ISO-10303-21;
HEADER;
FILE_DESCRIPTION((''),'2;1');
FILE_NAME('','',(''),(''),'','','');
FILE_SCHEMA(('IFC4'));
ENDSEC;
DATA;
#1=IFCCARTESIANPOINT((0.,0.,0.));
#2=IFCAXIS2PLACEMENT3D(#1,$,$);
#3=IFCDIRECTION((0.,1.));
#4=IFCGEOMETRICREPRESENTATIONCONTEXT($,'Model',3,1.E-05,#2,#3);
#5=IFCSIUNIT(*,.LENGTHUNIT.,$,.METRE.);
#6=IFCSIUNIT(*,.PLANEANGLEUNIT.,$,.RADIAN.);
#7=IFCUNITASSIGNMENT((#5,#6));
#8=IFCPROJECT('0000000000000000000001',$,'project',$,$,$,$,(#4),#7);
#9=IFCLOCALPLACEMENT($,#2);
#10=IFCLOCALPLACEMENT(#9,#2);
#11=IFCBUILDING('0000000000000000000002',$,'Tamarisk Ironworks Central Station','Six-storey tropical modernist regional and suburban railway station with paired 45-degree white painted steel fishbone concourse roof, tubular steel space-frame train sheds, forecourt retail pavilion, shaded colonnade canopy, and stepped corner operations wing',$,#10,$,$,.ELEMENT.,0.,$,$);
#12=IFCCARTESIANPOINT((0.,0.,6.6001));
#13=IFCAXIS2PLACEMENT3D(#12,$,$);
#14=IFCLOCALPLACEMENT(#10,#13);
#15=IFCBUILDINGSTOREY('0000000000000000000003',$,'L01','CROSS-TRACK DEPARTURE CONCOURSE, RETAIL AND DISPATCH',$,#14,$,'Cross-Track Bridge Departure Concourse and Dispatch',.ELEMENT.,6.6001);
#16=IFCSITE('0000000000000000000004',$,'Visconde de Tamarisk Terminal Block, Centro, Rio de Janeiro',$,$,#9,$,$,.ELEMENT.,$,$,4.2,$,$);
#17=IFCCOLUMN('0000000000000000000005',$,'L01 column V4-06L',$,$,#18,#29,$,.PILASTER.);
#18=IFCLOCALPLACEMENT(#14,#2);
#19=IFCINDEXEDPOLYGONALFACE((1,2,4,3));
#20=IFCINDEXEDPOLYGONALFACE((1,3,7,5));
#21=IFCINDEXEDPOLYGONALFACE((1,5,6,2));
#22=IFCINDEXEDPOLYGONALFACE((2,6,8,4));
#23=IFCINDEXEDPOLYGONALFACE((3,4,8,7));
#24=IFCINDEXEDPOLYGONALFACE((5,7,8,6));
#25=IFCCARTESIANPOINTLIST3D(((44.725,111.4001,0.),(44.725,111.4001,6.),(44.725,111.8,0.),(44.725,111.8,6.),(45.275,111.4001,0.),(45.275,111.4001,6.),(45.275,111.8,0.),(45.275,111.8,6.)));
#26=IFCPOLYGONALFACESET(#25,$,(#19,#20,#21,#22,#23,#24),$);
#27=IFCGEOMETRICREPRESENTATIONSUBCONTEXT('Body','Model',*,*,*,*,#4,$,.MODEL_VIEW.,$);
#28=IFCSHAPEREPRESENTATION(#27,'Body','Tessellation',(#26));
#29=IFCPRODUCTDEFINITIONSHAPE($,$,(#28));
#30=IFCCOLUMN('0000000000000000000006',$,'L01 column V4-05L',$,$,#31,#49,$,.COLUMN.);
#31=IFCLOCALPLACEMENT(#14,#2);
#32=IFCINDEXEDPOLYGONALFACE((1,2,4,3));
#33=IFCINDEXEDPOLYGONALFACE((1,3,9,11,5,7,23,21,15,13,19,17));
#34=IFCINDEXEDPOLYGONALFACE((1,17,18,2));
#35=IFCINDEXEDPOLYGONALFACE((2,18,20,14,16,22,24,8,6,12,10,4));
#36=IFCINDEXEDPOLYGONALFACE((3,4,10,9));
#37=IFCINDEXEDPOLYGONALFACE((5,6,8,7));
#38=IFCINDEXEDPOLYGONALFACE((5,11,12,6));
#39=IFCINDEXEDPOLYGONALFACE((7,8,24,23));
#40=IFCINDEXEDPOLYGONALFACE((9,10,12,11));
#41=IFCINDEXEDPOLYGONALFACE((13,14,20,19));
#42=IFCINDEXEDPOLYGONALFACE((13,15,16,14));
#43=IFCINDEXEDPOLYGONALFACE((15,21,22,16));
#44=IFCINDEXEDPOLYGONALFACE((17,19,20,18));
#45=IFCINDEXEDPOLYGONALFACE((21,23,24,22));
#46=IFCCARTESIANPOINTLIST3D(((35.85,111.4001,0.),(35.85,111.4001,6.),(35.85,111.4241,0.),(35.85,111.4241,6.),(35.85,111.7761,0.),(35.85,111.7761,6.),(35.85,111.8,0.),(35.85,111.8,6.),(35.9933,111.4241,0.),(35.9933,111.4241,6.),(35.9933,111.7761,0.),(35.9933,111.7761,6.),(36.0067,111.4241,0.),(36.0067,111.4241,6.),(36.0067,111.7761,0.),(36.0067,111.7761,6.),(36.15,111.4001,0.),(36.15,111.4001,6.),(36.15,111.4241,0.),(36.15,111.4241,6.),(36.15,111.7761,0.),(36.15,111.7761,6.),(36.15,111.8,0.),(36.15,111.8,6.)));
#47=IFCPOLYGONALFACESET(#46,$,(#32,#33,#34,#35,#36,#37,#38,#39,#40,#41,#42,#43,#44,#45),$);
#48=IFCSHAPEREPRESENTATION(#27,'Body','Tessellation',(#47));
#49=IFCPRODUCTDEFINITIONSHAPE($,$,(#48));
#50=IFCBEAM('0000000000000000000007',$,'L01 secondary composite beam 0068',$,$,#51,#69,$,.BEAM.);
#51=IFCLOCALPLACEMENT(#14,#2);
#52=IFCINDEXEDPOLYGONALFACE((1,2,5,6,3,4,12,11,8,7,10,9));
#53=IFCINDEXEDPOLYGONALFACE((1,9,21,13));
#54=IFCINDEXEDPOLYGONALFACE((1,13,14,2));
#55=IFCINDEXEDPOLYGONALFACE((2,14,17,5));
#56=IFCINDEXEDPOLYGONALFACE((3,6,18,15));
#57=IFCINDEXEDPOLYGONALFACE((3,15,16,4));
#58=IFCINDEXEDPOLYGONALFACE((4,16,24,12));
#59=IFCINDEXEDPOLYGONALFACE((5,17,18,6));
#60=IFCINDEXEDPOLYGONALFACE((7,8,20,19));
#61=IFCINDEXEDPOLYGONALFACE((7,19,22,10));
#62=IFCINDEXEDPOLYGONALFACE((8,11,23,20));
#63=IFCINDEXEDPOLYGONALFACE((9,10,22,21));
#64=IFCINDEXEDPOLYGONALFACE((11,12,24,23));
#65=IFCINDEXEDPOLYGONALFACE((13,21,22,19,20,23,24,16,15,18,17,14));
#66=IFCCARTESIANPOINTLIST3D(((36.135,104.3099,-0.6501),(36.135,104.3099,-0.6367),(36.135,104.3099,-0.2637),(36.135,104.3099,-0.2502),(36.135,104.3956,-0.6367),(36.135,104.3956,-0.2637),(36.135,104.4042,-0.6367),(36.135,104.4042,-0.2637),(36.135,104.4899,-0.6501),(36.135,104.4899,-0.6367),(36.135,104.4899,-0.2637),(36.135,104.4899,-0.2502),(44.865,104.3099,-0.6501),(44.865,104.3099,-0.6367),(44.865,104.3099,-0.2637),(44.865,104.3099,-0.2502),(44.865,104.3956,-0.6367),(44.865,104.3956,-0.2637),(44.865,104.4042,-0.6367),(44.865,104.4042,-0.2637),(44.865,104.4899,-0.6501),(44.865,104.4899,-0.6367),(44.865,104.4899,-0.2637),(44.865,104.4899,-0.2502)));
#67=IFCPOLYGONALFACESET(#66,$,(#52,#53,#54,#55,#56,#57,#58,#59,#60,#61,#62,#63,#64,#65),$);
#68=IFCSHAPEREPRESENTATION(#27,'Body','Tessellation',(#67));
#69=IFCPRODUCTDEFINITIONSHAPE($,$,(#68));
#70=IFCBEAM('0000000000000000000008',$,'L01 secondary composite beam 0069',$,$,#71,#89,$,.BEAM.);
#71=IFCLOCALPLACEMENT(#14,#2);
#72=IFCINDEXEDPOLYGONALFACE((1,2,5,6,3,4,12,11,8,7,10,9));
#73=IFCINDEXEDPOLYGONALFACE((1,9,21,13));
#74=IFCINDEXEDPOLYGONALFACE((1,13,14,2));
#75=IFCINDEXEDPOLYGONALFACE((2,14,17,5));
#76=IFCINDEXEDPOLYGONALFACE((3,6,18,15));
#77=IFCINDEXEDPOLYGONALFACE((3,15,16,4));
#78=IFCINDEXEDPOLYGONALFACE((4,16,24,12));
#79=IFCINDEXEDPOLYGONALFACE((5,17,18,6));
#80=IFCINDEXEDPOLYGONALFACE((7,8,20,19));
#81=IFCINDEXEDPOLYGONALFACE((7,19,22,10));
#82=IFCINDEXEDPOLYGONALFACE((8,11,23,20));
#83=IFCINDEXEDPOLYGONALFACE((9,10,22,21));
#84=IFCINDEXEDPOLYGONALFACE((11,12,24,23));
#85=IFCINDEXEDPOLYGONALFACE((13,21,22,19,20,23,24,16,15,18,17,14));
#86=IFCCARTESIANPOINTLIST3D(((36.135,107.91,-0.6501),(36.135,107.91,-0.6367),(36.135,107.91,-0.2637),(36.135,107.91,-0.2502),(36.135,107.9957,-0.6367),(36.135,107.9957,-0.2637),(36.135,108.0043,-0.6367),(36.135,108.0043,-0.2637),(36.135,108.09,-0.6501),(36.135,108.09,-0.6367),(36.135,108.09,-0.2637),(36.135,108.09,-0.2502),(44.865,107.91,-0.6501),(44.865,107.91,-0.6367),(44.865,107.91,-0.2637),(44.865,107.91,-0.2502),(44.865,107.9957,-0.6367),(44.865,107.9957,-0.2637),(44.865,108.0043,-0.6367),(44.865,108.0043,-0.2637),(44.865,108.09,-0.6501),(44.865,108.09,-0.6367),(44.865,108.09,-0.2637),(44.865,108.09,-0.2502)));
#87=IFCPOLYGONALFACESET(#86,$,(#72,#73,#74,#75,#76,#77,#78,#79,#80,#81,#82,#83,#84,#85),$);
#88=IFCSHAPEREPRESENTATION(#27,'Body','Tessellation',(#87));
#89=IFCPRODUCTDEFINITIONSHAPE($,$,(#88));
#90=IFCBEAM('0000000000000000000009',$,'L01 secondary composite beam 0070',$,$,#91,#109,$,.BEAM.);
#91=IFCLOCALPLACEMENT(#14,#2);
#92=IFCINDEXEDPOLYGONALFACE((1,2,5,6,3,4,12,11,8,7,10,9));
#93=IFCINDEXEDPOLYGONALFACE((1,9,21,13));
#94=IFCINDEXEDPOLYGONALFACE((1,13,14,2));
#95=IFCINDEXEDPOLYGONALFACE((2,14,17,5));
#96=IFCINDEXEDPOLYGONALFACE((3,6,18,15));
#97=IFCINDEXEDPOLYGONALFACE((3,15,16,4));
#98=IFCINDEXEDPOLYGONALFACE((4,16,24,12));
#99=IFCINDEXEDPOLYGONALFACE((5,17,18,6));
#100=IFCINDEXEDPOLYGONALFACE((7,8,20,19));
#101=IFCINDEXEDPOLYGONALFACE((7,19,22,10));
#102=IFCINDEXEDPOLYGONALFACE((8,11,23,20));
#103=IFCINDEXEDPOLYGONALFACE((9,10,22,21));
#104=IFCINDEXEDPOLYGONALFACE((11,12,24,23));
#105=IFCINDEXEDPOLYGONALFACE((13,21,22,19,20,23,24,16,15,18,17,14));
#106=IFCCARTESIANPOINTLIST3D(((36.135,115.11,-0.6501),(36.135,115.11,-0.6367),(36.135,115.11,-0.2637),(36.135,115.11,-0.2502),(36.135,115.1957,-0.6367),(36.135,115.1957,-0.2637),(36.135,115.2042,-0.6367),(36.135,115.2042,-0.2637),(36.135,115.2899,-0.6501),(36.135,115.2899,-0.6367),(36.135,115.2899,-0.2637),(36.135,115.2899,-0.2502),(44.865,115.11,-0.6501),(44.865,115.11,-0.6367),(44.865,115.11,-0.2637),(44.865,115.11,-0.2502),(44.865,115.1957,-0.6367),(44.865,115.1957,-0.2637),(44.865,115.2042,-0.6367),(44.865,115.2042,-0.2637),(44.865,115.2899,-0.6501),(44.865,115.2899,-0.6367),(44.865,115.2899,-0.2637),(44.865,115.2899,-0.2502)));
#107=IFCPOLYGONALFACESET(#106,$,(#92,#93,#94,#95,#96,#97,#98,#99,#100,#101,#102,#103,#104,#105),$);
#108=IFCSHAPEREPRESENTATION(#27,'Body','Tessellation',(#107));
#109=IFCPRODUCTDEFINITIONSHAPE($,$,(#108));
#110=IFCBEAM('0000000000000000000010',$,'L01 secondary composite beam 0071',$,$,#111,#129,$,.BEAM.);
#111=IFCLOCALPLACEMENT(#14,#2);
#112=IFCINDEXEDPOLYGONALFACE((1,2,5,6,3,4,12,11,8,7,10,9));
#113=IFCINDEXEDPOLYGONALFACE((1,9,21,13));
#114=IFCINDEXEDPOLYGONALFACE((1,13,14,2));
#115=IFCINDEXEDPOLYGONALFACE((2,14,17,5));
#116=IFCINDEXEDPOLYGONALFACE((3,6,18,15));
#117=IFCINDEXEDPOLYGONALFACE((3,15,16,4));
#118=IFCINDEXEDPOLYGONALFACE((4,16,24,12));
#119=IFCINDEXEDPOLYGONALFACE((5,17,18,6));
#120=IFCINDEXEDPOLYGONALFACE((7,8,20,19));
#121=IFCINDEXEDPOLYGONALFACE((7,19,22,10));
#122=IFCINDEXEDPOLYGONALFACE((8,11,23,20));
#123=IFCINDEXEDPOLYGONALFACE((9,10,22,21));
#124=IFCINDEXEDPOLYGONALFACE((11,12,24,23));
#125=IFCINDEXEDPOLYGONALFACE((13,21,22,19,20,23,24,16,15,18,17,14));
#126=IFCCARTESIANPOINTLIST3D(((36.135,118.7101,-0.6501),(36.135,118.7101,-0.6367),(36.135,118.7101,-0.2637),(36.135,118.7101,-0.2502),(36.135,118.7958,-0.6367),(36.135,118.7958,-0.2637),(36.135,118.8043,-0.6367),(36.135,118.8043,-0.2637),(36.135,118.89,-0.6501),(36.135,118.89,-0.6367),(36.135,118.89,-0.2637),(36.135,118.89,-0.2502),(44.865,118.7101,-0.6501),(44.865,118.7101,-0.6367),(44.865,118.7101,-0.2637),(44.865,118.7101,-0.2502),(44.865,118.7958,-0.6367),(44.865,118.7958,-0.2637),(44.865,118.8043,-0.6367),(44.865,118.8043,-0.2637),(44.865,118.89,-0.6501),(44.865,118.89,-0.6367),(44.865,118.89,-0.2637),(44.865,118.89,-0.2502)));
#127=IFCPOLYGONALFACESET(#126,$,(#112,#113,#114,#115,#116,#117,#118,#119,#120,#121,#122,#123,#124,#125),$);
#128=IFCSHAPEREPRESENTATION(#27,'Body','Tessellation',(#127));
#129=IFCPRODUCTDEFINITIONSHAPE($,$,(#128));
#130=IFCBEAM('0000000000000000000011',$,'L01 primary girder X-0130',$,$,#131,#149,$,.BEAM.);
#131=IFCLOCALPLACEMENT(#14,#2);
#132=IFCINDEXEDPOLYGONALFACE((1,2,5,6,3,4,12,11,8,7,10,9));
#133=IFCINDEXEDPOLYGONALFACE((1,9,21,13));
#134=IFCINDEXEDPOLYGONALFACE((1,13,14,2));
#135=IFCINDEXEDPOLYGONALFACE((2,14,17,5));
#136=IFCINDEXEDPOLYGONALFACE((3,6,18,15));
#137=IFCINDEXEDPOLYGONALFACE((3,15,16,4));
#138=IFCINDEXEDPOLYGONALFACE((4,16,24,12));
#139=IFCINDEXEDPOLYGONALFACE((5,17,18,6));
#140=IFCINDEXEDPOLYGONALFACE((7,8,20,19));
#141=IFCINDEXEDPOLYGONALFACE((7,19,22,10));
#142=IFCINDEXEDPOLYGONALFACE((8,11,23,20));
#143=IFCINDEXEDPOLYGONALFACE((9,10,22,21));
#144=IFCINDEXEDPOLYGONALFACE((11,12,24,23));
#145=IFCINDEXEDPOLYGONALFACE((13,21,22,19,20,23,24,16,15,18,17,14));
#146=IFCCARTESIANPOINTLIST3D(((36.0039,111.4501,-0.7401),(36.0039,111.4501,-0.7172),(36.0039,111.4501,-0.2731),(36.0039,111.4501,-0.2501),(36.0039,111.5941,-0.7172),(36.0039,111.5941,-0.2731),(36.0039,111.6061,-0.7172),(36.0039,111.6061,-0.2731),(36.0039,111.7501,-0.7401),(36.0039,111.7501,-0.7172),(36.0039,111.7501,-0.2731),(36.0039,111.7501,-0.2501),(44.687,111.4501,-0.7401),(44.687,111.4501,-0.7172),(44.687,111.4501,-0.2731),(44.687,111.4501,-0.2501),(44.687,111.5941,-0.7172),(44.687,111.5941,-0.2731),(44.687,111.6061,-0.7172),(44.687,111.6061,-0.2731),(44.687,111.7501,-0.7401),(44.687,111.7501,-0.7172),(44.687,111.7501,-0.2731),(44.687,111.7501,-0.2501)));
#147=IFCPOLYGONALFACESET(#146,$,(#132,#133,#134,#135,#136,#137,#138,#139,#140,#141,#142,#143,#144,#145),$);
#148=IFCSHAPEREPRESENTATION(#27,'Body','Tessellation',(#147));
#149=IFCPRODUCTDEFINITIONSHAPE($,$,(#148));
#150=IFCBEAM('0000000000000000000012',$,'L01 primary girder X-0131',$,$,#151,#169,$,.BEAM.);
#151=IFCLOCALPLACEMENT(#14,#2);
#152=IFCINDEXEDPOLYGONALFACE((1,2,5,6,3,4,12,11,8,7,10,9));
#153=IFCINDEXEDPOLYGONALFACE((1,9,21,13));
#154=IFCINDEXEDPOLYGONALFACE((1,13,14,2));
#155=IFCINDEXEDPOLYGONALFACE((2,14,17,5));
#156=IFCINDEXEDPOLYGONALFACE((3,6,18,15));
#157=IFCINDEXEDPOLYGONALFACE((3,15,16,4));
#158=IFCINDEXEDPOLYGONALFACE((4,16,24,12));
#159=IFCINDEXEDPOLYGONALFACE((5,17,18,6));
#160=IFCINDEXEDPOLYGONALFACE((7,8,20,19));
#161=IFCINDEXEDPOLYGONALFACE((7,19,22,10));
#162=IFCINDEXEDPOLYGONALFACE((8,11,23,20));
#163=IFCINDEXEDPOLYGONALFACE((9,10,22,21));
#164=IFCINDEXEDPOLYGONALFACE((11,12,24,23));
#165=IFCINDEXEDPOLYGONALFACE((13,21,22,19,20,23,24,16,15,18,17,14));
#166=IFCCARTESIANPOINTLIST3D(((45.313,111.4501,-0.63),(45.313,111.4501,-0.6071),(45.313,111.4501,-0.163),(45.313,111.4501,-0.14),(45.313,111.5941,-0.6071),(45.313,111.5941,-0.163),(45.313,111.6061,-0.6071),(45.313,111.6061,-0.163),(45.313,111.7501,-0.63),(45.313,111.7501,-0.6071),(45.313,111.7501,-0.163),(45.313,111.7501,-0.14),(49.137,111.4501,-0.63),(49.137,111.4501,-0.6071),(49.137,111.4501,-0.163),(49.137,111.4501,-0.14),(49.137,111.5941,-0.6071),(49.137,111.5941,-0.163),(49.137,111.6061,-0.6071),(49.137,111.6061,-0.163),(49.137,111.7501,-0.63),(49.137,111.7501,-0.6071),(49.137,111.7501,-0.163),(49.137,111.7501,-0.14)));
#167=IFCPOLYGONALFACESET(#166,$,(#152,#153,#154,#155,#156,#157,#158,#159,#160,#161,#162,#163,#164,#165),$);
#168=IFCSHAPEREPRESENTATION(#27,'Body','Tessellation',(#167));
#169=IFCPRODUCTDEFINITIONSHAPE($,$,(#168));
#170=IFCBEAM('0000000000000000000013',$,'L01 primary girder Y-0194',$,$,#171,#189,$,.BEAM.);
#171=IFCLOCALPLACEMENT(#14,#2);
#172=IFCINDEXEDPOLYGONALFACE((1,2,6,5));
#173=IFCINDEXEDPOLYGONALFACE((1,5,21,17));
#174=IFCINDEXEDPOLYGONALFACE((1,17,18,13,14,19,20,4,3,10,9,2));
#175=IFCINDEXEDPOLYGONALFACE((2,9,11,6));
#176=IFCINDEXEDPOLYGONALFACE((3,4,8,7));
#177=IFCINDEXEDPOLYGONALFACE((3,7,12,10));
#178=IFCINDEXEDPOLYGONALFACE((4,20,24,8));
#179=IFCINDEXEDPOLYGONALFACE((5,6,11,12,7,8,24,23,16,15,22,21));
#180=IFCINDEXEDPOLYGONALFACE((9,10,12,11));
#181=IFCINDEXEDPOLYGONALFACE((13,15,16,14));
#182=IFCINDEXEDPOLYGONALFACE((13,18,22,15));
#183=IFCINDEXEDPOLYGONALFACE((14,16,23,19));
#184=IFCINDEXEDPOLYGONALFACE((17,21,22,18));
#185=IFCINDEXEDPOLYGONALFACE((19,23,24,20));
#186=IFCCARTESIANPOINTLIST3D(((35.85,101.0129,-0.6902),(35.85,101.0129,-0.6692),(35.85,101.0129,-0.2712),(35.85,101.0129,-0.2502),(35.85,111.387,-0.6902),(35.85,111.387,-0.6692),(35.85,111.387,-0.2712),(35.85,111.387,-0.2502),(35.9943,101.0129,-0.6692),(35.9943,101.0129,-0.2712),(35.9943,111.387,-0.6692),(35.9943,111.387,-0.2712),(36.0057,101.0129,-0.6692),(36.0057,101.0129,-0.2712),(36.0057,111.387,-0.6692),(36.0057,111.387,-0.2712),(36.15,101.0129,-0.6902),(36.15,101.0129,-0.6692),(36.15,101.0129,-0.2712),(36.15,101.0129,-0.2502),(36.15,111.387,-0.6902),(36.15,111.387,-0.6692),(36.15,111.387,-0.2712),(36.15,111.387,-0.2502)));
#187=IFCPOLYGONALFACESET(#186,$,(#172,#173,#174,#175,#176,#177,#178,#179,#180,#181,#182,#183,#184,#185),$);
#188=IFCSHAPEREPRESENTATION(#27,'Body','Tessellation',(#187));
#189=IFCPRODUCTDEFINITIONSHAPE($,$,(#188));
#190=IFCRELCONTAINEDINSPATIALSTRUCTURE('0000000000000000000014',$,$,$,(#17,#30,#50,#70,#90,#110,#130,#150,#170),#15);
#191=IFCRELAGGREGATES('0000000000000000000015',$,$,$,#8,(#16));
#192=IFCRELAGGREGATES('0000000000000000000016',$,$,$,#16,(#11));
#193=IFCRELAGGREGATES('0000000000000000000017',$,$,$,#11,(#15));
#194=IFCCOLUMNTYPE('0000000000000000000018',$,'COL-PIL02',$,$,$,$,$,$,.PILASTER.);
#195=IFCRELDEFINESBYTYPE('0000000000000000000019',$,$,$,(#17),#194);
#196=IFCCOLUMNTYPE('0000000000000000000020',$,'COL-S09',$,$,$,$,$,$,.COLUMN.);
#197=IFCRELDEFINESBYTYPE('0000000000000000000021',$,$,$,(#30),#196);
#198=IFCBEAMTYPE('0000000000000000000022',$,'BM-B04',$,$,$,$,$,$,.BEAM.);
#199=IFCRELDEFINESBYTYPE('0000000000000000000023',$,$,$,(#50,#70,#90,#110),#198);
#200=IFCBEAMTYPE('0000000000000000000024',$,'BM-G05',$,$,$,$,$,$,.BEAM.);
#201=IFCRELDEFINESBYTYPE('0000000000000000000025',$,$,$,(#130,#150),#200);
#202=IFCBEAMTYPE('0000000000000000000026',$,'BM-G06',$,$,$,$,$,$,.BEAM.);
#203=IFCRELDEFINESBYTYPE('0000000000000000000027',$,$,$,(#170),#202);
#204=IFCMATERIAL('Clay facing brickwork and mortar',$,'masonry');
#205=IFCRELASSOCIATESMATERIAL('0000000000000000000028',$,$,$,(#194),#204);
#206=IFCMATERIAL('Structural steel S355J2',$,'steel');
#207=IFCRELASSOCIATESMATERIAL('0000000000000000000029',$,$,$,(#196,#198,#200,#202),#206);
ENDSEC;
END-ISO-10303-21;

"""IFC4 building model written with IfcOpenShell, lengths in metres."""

from ifc_helpers import new_model, si_unit, direction, frame, origin, origin_2d, place, context, subcontext, project, spatial, rectangle, i_section, extrude, material, material_profile, profile_set, type_object, element, save


model = new_model("IFC4")

# Units and contexts
model_context = context("Model", 3, precision=1e-05, world=origin(), true_north=direction((0.0, 1.0)))
body_context = subcontext(model_context, "Body", "Model", "MODEL_VIEW")
ifc_project = project(units=[si_unit("LENGTHUNIT", "METRE"), si_unit("PLANEANGLEUNIT", "RADIAN")], contexts=[model_context])

# Site, building, storey
site_placement = place(None, origin())
site = spatial("IfcSite", under=ifc_project, at=site_placement, Name="Visconde de Tamarisk Terminal Block, Centro, Rio de Janeiro", CompositionType="ELEMENT", RefElevation=4.2)
building_placement = place(site_placement, origin())
building = spatial("IfcBuilding", under=site, at=building_placement, Name="Tamarisk Ironworks Central Station", Description="Six-storey tropical modernist regional and suburban railway station with paired 45-degree white painted steel fishbone concourse roof, tubular steel space-frame train sheds, forecourt retail pavilion, shaded colonnade canopy, and stepped corner operations wing", CompositionType="ELEMENT", ElevationOfRefHeight=0.0)
storey_placement = place(building_placement, frame((0.0, 0.0, 6.6001)))
storey = spatial("IfcBuildingStorey", under=building, at=storey_placement, Name="L01", Description="CROSS-TRACK DEPARTURE CONCOURSE, RETAIL AND DISPATCH", LongName="Cross-Track Bridge Departure Concourse and Dispatch", CompositionType="ELEMENT", Elevation=6.6001)

# Columns
ifc_material_1 = material(Name="Clay facing brickwork and mortar", Category="masonry")
ifc_material_profile_1 = material_profile(ifc_material_1, rectangle(XDim=0.55, YDim=0.3999, at=origin_2d()), Name="PIL 550x400")
ifc_profile_set_1 = profile_set([ifc_material_profile_1], Name="Clay facing brickwork and mortar")
column_type_1 = type_object("IfcColumnType", Name="COL-PIL02", PredefinedType="PILASTER", material=ifc_profile_set_1)
column_1_placement = place(storey_placement, frame((45.0, 111.6001, 0.0), z_axis=(0.0, 0.0, 1.0), x_axis=(1.0, 0.0, 0.0)))
element("IfcColumn", 1, at=column_1_placement, inside=storey, type_object=column_type_1, Name="L01 column V4-06L", PredefinedType="PILASTER", context=body_context, shape_type="SweptSolid", body=[
    extrude(rectangle(XDim=0.55, YDim=0.3999, at=origin_2d()), origin(), (0.0, 0.0, 1.0), 6.0),
])
ifc_material_2 = material(Name="Structural steel S355J2", Category="steel")
ifc_material_profile_2 = material_profile(ifc_material_2, i_section(OverallWidth=0.3, OverallDepth=0.3999, WebThickness=0.0134, FlangeThickness=0.0239, at=origin_2d()), Name="HEB 400")
ifc_profile_set_2 = profile_set([ifc_material_profile_2], Name="Structural steel S355J2")
column_type_2 = type_object("IfcColumnType", Name="COL-S09", PredefinedType="COLUMN", material=ifc_profile_set_2)
column_2_placement = place(storey_placement, frame((36.0, 111.6001, 0.0), z_axis=(0.0, 0.0, 1.0), x_axis=(1.0, 0.0, 0.0)))
element("IfcColumn", 2, at=column_2_placement, inside=storey, type_object=column_type_2, Name="L01 column V4-05L", PredefinedType="COLUMN", context=body_context, shape_type="SweptSolid", body=[
    extrude(i_section(OverallWidth=0.3, OverallDepth=0.3999, WebThickness=0.0134, FlangeThickness=0.0239, at=origin_2d()), origin(), (0.0, 0.0, 1.0), 6.0),
])

# Beams
ifc_material_profile_3 = material_profile(ifc_material_2, i_section(OverallWidth=0.1799, OverallDepth=0.3999, WebThickness=0.0085, FlangeThickness=0.0134, at=origin_2d()), Name="IPE 400")
ifc_profile_set_3 = profile_set([ifc_material_profile_3], Name="Structural steel S355J2")
beam_type_1 = type_object("IfcBeamType", Name="BM-B04", PredefinedType="BEAM", material=ifc_profile_set_3)
for number, where, z_axis, x_axis, name in (
    (3, (36.135, 104.3999, -0.4502), (1.0, 0.0, 0.0), (0.0, 1.0, 0.0), "L01 secondary composite beam 0068"),
    (4, (36.135, 108.0, -0.4502), (1.0, 0.0, 0.0), (0.0, 1.0, 0.0), "L01 secondary composite beam 0069"),
    (5, (36.135, 115.2, -0.4502), (1.0, 0.0, 0.0), (0.0, 1.0, 0.0), "L01 secondary composite beam 0070"),
    (6, (36.135, 118.8, -0.4502), (1.0, 0.0, 0.0), (0.0, 1.0, 0.0), "L01 secondary composite beam 0071"),
):
    element("IfcBeam", number, at=place(storey_placement, frame(where, z_axis=z_axis, x_axis=x_axis)), inside=storey, type_object=beam_type_1, Name=name, PredefinedType="BEAM", context=body_context, shape_type="SweptSolid", body=[
        extrude(i_section(OverallWidth=0.1799, OverallDepth=0.3999, WebThickness=0.0085, FlangeThickness=0.0134, at=origin_2d()), origin(), (0.0, 0.0, 1.0), 8.73),
    ])
ifc_material_profile_4 = material_profile(ifc_material_2, i_section(OverallWidth=0.3, OverallDepth=0.49, WebThickness=0.012, FlangeThickness=0.0229, at=origin_2d()), Name="HEA 500")
ifc_profile_set_4 = profile_set([ifc_material_profile_4], Name="Structural steel S355J2")
beam_type_2 = type_object("IfcBeamType", Name="BM-G05", PredefinedType="BEAM", material=ifc_profile_set_4)
beam_1_placement = place(storey_placement, frame((36.0039, 111.6001, -0.4951), z_axis=(1.0, 0.0, 0.0), x_axis=(0.0, 1.0, 0.0)))
element("IfcBeam", 7, at=beam_1_placement, inside=storey, type_object=beam_type_2, Name="L01 primary girder X-0130", PredefinedType="BEAM", context=body_context, shape_type="SweptSolid", body=[
    extrude(i_section(OverallWidth=0.3, OverallDepth=0.49, WebThickness=0.012, FlangeThickness=0.0229, at=origin_2d()), origin(), (0.0, 0.0, 1.0), 8.6831),
])
beam_2_placement = place(storey_placement, frame((45.313, 111.6001, -0.385), z_axis=(1.0, 0.0, 0.0), x_axis=(0.0, 1.0, 0.0)))
element("IfcBeam", 8, at=beam_2_placement, inside=storey, type_object=beam_type_2, Name="L01 primary girder X-0131", PredefinedType="BEAM", context=body_context, shape_type="SweptSolid", body=[
    extrude(i_section(OverallWidth=0.3, OverallDepth=0.49, WebThickness=0.012, FlangeThickness=0.0229, at=origin_2d()), origin(), (0.0, 0.0, 1.0), 3.824),
])
ifc_material_profile_5 = material_profile(ifc_material_2, i_section(OverallWidth=0.3, OverallDepth=0.4399, WebThickness=0.0115, FlangeThickness=0.021, at=origin_2d()), Name="HEA 450")
ifc_profile_set_5 = profile_set([ifc_material_profile_5], Name="Structural steel S355J2")
beam_type_3 = type_object("IfcBeamType", Name="BM-G06", PredefinedType="BEAM", material=ifc_profile_set_5)
for number, where, z_axis, x_axis, name in (
    (9, (36.0, 101.0129, -0.4702), (0.0, 1.0, 0.0), (-1.0, 0.0, 0.0), "L01 primary girder Y-0194"),
):
    element("IfcBeam", number, at=place(storey_placement, frame(where, z_axis=z_axis, x_axis=x_axis)), inside=storey, type_object=beam_type_3, Name=name, PredefinedType="BEAM", context=body_context, shape_type="SweptSolid", body=[
        extrude(i_section(OverallWidth=0.3, OverallDepth=0.4399, WebThickness=0.0115, FlangeThickness=0.021, at=origin_2d()), origin(), (0.0, 0.0, 1.0), 10.374),
    ])

save(model, "model.ifc")
